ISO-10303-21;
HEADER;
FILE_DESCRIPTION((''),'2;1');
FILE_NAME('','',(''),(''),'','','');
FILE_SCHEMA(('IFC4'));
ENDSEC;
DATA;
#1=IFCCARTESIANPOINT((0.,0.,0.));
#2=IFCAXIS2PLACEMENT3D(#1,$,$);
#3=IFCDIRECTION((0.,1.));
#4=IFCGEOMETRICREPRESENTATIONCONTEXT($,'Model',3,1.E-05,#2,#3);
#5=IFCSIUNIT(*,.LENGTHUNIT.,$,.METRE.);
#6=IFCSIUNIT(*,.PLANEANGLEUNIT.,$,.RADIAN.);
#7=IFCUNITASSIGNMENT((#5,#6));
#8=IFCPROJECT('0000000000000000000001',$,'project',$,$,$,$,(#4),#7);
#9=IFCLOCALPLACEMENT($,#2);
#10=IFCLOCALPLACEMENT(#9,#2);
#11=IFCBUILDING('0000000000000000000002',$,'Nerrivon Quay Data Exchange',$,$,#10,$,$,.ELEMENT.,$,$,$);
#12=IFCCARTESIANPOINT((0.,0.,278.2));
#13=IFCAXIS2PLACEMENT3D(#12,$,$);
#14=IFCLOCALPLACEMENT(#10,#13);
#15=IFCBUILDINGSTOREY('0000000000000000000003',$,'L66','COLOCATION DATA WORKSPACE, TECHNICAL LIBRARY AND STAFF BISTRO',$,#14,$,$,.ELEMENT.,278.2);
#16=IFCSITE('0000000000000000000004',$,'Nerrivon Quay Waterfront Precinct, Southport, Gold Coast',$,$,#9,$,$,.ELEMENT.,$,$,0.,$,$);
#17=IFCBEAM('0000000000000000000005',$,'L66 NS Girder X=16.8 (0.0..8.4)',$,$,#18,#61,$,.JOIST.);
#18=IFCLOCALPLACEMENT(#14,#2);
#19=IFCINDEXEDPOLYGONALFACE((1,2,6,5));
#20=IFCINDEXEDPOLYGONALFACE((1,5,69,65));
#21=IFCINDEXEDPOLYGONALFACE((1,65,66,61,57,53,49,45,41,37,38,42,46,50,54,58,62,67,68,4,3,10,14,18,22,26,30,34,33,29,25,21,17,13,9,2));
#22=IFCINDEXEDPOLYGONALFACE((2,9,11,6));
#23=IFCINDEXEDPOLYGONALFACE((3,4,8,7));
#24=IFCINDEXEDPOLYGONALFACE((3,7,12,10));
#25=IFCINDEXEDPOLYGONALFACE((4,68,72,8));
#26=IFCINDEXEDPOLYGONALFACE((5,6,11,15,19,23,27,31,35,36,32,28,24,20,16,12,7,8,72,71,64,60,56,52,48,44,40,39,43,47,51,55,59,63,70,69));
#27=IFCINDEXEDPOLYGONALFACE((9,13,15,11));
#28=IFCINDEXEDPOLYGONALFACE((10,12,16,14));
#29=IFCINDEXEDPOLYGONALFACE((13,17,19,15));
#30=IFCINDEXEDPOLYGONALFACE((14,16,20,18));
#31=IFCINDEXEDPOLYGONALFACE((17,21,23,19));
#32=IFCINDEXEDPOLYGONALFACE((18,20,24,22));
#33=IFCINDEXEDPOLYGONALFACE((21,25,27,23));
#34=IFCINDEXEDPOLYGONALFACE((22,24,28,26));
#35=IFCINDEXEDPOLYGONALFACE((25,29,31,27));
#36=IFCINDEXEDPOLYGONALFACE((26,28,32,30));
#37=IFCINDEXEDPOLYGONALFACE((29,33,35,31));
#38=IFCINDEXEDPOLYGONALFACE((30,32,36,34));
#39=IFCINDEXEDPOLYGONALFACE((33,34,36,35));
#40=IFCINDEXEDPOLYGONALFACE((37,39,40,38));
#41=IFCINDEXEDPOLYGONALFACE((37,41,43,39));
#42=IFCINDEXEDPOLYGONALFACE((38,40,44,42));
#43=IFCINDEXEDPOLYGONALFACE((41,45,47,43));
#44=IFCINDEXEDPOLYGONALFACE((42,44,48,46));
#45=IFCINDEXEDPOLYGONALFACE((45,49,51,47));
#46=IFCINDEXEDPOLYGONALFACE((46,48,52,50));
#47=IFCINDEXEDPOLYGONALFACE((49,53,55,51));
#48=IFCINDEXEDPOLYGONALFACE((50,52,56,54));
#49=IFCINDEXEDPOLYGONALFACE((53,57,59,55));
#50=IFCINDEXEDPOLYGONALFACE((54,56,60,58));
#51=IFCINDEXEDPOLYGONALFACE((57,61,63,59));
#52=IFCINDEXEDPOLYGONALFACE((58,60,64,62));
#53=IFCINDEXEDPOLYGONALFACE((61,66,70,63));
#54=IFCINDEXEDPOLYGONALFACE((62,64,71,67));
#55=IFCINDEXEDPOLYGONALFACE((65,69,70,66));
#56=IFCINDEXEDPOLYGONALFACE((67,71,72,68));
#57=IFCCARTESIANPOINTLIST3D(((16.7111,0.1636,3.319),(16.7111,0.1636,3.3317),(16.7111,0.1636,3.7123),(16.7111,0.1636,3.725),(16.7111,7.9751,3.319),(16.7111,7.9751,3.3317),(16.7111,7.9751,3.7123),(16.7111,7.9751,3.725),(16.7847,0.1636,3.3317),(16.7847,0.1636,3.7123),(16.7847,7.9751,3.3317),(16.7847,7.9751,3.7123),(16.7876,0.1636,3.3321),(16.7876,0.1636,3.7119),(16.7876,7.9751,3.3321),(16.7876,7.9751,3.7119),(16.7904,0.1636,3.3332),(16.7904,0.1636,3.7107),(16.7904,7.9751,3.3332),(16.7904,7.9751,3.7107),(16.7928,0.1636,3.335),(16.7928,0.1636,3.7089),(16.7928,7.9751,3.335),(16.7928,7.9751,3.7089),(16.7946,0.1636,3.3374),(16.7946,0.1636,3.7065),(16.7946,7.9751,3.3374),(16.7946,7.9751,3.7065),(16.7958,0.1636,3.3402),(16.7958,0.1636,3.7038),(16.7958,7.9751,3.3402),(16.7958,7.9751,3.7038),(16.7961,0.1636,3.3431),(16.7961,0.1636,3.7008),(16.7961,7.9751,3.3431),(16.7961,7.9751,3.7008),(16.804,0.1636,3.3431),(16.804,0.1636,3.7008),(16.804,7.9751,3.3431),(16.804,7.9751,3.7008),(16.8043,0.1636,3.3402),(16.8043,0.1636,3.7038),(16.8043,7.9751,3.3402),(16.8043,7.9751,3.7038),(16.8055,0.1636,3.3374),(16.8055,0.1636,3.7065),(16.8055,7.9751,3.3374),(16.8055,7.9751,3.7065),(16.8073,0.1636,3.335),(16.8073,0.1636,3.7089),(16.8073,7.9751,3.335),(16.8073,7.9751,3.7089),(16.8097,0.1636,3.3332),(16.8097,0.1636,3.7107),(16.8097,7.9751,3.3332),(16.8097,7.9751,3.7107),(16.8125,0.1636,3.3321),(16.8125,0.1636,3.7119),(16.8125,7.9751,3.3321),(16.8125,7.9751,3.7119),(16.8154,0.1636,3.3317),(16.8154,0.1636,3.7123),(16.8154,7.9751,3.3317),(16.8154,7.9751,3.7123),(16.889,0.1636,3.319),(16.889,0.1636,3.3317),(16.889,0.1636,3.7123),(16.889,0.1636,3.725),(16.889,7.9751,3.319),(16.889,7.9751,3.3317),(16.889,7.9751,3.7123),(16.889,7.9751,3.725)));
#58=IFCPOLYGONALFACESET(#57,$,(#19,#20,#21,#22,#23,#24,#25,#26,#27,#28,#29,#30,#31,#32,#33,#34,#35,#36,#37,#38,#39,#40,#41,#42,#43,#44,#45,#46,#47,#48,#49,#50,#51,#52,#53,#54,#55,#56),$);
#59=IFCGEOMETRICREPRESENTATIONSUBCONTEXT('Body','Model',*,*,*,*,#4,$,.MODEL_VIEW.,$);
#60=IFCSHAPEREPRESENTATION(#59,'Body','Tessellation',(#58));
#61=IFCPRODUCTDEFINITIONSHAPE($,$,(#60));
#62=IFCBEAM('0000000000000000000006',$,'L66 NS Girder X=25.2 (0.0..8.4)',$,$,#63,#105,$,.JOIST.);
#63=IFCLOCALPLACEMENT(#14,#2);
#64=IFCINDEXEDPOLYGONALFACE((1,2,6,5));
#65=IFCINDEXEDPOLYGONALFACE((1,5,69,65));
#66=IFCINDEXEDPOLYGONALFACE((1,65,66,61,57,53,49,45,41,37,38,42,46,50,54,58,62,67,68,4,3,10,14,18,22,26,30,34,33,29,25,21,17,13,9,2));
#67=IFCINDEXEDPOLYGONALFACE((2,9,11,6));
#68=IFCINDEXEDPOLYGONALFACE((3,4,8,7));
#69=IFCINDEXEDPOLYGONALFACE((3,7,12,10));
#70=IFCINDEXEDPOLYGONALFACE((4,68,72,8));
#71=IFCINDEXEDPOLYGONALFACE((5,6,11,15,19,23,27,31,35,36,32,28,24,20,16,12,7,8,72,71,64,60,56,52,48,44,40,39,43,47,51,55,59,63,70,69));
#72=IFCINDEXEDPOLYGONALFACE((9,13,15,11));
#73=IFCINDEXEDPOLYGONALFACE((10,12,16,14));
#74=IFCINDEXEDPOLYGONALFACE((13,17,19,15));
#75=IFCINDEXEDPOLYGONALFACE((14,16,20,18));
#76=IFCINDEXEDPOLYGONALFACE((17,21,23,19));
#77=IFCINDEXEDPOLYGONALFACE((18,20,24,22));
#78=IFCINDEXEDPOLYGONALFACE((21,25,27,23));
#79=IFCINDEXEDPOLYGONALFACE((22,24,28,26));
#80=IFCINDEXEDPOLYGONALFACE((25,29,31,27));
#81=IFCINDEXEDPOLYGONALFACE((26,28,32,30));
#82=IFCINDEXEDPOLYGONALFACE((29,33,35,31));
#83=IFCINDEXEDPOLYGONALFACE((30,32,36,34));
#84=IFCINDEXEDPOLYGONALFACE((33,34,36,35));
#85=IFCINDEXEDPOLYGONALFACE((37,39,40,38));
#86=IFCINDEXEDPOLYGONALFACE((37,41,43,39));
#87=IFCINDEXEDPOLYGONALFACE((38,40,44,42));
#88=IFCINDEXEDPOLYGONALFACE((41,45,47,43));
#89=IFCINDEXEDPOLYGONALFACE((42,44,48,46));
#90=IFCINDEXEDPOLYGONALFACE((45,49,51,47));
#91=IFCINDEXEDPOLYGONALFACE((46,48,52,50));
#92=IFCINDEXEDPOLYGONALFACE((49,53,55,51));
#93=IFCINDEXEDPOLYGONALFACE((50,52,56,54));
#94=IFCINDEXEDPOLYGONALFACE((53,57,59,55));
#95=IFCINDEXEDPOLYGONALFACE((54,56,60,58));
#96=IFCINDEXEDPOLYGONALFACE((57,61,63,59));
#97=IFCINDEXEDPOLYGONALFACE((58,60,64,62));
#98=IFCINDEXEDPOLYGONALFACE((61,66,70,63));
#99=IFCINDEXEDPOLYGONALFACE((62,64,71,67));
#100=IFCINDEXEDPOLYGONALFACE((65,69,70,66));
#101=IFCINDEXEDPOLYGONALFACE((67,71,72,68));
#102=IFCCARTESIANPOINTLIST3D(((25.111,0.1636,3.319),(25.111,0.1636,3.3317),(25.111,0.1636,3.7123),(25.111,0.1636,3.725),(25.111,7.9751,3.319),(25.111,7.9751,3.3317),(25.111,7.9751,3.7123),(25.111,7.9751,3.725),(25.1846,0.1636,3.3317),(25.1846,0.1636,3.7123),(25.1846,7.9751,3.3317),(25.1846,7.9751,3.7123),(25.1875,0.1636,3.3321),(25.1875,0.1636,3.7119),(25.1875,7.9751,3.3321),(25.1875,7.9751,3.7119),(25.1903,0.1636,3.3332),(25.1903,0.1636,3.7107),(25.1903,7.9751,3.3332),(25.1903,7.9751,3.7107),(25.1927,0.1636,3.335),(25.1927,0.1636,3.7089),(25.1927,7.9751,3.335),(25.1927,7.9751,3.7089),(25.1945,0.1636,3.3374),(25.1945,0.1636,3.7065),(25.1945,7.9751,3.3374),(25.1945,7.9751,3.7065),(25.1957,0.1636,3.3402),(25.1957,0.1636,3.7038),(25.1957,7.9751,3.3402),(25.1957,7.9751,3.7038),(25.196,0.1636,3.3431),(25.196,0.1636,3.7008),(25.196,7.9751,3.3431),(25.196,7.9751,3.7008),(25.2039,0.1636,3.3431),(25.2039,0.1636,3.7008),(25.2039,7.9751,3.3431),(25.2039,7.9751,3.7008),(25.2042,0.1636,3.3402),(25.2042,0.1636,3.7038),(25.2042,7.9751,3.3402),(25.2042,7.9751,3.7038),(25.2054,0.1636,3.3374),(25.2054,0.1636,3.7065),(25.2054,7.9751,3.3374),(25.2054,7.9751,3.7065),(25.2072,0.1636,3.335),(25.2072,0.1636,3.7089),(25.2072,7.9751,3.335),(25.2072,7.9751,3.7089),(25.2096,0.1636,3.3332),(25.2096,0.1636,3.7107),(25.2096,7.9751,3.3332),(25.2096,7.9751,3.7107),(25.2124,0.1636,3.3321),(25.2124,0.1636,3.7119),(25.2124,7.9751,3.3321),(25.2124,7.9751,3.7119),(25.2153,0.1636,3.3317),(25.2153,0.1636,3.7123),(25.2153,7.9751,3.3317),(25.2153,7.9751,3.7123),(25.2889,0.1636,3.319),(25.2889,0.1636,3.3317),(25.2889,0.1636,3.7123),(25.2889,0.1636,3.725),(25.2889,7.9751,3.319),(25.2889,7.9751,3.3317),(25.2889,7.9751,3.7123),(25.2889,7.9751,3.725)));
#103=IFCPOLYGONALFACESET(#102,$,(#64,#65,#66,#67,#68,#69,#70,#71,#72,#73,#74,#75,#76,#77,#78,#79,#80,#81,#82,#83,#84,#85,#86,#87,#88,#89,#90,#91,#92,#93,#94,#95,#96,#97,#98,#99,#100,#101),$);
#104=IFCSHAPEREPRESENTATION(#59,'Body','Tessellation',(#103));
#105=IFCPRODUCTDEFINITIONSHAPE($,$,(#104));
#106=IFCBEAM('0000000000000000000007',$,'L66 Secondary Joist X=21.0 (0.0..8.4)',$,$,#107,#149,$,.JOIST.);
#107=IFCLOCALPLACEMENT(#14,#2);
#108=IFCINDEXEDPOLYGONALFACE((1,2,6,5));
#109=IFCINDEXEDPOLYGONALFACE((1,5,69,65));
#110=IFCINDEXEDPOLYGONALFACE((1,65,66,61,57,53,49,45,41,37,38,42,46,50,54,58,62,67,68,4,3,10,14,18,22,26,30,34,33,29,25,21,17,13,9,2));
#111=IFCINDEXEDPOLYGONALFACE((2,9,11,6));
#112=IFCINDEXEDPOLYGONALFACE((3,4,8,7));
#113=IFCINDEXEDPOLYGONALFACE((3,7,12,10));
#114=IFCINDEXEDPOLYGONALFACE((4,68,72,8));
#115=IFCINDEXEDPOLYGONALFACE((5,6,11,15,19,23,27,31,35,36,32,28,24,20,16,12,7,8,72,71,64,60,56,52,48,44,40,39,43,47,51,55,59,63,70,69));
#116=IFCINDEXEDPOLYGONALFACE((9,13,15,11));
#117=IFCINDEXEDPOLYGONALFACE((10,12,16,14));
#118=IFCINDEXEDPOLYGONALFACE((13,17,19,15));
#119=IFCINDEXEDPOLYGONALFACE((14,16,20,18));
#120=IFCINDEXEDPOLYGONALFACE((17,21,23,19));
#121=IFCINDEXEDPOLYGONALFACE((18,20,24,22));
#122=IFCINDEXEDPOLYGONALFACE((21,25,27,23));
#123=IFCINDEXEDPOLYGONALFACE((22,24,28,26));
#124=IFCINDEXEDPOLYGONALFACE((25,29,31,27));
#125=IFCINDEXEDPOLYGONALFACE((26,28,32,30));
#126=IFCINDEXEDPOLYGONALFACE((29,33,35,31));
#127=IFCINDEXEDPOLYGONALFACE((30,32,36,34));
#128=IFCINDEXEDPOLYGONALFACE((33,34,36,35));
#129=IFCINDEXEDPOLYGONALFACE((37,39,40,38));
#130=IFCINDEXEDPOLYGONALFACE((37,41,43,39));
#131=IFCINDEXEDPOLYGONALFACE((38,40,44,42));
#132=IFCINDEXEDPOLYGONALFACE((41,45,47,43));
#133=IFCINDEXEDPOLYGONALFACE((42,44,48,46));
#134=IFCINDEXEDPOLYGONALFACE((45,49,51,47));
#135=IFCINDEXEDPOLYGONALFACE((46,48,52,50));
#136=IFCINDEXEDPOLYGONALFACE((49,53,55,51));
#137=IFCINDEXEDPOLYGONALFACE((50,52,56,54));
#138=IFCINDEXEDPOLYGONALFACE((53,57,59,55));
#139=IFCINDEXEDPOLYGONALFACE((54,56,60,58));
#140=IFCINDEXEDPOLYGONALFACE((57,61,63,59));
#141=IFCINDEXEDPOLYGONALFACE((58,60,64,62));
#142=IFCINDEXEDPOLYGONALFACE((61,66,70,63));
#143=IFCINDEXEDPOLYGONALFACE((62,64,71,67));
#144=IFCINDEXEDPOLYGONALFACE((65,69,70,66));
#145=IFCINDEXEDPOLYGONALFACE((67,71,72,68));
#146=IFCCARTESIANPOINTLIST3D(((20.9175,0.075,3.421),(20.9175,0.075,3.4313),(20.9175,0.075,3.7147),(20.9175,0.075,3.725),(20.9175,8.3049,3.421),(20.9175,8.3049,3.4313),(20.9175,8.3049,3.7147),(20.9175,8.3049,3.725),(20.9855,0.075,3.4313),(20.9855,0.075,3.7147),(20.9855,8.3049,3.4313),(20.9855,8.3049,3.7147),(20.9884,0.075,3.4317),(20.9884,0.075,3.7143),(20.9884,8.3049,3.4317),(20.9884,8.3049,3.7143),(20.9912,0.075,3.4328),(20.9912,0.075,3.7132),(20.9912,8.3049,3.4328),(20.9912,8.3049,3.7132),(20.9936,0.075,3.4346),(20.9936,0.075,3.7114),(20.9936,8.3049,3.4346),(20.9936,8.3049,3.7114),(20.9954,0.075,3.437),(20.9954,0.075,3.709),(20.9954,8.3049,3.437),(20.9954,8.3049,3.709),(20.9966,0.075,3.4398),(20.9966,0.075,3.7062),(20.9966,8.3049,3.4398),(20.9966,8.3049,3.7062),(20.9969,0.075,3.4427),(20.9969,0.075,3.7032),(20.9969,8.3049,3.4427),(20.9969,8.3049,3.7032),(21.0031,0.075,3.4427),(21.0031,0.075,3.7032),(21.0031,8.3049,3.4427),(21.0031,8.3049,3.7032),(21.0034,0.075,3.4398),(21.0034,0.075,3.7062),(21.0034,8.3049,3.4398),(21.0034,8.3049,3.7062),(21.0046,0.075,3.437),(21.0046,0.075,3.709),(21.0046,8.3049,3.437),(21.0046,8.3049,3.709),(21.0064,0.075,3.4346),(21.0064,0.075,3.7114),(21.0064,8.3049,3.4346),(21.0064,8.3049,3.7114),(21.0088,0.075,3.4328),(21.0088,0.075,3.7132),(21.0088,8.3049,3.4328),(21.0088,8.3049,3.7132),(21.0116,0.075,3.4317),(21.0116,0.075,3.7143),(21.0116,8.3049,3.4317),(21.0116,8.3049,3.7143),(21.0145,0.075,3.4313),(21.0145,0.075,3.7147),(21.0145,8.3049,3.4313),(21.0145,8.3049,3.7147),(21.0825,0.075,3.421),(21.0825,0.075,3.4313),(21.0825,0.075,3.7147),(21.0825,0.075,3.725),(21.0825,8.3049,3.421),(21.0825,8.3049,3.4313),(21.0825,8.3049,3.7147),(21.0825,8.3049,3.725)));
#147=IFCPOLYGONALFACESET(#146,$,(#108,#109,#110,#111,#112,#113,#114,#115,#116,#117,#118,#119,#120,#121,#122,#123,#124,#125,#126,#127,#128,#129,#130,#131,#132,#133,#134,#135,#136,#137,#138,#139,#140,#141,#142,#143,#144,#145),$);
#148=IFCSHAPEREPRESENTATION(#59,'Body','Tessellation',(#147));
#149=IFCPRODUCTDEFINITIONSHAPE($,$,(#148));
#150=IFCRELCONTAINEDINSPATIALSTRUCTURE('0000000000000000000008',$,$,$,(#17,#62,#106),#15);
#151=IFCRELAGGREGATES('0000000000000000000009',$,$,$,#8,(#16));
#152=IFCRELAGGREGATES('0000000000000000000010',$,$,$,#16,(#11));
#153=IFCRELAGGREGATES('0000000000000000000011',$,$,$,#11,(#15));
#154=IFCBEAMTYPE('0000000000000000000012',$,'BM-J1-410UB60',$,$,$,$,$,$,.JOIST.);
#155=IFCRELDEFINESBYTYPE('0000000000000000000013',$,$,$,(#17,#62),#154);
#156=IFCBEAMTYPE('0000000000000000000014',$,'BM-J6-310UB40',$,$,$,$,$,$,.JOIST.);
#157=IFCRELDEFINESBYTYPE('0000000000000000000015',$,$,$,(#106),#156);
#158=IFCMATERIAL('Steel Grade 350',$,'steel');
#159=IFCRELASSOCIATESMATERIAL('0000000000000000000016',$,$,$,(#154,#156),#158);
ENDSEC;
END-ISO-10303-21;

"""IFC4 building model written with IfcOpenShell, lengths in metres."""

from ifc_helpers import new_model, si_unit, direction, frame, origin, origin_2d, place, context, subcontext, project, spatial, i_section, extrude, material, material_profile, profile_set, type_object, element, save


model = new_model("IFC4")

# Units and contexts
model_context = context("Model", 3, precision=1e-05, world=origin(), true_north=direction((0.0, 1.0)))
body_context = subcontext(model_context, "Body", "Model", "MODEL_VIEW")
ifc_project = project(units=[si_unit("LENGTHUNIT", "METRE"), si_unit("PLANEANGLEUNIT", "RADIAN")], contexts=[model_context])

# Site, building, storey
site_placement = place(None, origin())
site = spatial("IfcSite", under=ifc_project, at=site_placement, Name="Nerrivon Quay Waterfront Precinct, Southport, Gold Coast", CompositionType="ELEMENT", RefElevation=0.0)
building_placement = place(site_placement, origin())
building = spatial("IfcBuilding", under=site, at=building_placement, Name="Nerrivon Quay Data Exchange", CompositionType="ELEMENT")
storey_placement = place(building_placement, frame((0.0, 0.0, 278.2)))
storey = spatial("IfcBuildingStorey", under=building, at=storey_placement, Name="L66", Description="COLOCATION DATA WORKSPACE, TECHNICAL LIBRARY AND STAFF BISTRO", CompositionType="ELEMENT", Elevation=278.2)

# Shared definitions
ifc_material_1 = material(Name="Steel Grade 350", Category="steel")

# Beams
ifc_material_profile_1 = material_profile(ifc_material_1, i_section(OverallWidth=0.178, OverallDepth=0.406, WebThickness=0.0078, FlangeThickness=0.0127, FilletRadius=0.0115, at=origin_2d()), Name="410UB59.7")
ifc_profile_set_1 = profile_set([ifc_material_profile_1], Name="Steel Grade 350")
beam_type_1 = type_object("IfcBeamType", Name="BM-J1-410UB60", PredefinedType="JOIST", material=ifc_profile_set_1)
for number, where, z_axis, x_axis, name in (
    (1, (16.8, 0.1636, 3.522), (0.0, 1.0, 0.0), (-1.0, 0.0, 0.0), "L66 NS Girder X=16.8 (0.0..8.4)"),
    (2, (25.2, 0.1636, 3.522), (0.0, 1.0, 0.0), (-1.0, 0.0, 0.0), "L66 NS Girder X=25.2 (0.0..8.4)"),
):
    element("IfcBeam", number, at=place(storey_placement, frame(where, z_axis=z_axis, x_axis=x_axis)), inside=storey, type_object=beam_type_1, Name=name, PredefinedType="JOIST", context=body_context, shape_type="SweptSolid", body=[
        extrude(i_section(OverallWidth=0.178, OverallDepth=0.406, WebThickness=0.0078, FlangeThickness=0.0127, FilletRadius=0.0115, at=origin_2d()), origin(), (0.0, 0.0, 1.0), 7.8115),
    ])
ifc_material_profile_2 = material_profile(ifc_material_1, i_section(OverallWidth=0.165, OverallDepth=0.304, WebThickness=0.0061, FlangeThickness=0.0103, FilletRadius=0.0115, at=origin_2d()), Name="310UB40.4")
ifc_profile_set_2 = profile_set([ifc_material_profile_2], Name="Steel Grade 350")
beam_type_2 = type_object("IfcBeamType", Name="BM-J6-310UB40", PredefinedType="JOIST", material=ifc_profile_set_2)
beam_1_placement = place(storey_placement, frame((21.0, 0.075, 3.573), z_axis=(0.0, 1.0, 0.0), x_axis=(-1.0, 0.0, 0.0)))
element("IfcBeam", 3, at=beam_1_placement, inside=storey, type_object=beam_type_2, Name="L66 Secondary Joist X=21.0 (0.0..8.4)", PredefinedType="JOIST", context=body_context, shape_type="SweptSolid", body=[
    extrude(i_section(OverallWidth=0.165, OverallDepth=0.304, WebThickness=0.0061, FlangeThickness=0.0103, FilletRadius=0.0115, at=origin_2d()), origin(), (0.0, 0.0, 1.0), 8.23),
])

save(model, "model.ifc")
